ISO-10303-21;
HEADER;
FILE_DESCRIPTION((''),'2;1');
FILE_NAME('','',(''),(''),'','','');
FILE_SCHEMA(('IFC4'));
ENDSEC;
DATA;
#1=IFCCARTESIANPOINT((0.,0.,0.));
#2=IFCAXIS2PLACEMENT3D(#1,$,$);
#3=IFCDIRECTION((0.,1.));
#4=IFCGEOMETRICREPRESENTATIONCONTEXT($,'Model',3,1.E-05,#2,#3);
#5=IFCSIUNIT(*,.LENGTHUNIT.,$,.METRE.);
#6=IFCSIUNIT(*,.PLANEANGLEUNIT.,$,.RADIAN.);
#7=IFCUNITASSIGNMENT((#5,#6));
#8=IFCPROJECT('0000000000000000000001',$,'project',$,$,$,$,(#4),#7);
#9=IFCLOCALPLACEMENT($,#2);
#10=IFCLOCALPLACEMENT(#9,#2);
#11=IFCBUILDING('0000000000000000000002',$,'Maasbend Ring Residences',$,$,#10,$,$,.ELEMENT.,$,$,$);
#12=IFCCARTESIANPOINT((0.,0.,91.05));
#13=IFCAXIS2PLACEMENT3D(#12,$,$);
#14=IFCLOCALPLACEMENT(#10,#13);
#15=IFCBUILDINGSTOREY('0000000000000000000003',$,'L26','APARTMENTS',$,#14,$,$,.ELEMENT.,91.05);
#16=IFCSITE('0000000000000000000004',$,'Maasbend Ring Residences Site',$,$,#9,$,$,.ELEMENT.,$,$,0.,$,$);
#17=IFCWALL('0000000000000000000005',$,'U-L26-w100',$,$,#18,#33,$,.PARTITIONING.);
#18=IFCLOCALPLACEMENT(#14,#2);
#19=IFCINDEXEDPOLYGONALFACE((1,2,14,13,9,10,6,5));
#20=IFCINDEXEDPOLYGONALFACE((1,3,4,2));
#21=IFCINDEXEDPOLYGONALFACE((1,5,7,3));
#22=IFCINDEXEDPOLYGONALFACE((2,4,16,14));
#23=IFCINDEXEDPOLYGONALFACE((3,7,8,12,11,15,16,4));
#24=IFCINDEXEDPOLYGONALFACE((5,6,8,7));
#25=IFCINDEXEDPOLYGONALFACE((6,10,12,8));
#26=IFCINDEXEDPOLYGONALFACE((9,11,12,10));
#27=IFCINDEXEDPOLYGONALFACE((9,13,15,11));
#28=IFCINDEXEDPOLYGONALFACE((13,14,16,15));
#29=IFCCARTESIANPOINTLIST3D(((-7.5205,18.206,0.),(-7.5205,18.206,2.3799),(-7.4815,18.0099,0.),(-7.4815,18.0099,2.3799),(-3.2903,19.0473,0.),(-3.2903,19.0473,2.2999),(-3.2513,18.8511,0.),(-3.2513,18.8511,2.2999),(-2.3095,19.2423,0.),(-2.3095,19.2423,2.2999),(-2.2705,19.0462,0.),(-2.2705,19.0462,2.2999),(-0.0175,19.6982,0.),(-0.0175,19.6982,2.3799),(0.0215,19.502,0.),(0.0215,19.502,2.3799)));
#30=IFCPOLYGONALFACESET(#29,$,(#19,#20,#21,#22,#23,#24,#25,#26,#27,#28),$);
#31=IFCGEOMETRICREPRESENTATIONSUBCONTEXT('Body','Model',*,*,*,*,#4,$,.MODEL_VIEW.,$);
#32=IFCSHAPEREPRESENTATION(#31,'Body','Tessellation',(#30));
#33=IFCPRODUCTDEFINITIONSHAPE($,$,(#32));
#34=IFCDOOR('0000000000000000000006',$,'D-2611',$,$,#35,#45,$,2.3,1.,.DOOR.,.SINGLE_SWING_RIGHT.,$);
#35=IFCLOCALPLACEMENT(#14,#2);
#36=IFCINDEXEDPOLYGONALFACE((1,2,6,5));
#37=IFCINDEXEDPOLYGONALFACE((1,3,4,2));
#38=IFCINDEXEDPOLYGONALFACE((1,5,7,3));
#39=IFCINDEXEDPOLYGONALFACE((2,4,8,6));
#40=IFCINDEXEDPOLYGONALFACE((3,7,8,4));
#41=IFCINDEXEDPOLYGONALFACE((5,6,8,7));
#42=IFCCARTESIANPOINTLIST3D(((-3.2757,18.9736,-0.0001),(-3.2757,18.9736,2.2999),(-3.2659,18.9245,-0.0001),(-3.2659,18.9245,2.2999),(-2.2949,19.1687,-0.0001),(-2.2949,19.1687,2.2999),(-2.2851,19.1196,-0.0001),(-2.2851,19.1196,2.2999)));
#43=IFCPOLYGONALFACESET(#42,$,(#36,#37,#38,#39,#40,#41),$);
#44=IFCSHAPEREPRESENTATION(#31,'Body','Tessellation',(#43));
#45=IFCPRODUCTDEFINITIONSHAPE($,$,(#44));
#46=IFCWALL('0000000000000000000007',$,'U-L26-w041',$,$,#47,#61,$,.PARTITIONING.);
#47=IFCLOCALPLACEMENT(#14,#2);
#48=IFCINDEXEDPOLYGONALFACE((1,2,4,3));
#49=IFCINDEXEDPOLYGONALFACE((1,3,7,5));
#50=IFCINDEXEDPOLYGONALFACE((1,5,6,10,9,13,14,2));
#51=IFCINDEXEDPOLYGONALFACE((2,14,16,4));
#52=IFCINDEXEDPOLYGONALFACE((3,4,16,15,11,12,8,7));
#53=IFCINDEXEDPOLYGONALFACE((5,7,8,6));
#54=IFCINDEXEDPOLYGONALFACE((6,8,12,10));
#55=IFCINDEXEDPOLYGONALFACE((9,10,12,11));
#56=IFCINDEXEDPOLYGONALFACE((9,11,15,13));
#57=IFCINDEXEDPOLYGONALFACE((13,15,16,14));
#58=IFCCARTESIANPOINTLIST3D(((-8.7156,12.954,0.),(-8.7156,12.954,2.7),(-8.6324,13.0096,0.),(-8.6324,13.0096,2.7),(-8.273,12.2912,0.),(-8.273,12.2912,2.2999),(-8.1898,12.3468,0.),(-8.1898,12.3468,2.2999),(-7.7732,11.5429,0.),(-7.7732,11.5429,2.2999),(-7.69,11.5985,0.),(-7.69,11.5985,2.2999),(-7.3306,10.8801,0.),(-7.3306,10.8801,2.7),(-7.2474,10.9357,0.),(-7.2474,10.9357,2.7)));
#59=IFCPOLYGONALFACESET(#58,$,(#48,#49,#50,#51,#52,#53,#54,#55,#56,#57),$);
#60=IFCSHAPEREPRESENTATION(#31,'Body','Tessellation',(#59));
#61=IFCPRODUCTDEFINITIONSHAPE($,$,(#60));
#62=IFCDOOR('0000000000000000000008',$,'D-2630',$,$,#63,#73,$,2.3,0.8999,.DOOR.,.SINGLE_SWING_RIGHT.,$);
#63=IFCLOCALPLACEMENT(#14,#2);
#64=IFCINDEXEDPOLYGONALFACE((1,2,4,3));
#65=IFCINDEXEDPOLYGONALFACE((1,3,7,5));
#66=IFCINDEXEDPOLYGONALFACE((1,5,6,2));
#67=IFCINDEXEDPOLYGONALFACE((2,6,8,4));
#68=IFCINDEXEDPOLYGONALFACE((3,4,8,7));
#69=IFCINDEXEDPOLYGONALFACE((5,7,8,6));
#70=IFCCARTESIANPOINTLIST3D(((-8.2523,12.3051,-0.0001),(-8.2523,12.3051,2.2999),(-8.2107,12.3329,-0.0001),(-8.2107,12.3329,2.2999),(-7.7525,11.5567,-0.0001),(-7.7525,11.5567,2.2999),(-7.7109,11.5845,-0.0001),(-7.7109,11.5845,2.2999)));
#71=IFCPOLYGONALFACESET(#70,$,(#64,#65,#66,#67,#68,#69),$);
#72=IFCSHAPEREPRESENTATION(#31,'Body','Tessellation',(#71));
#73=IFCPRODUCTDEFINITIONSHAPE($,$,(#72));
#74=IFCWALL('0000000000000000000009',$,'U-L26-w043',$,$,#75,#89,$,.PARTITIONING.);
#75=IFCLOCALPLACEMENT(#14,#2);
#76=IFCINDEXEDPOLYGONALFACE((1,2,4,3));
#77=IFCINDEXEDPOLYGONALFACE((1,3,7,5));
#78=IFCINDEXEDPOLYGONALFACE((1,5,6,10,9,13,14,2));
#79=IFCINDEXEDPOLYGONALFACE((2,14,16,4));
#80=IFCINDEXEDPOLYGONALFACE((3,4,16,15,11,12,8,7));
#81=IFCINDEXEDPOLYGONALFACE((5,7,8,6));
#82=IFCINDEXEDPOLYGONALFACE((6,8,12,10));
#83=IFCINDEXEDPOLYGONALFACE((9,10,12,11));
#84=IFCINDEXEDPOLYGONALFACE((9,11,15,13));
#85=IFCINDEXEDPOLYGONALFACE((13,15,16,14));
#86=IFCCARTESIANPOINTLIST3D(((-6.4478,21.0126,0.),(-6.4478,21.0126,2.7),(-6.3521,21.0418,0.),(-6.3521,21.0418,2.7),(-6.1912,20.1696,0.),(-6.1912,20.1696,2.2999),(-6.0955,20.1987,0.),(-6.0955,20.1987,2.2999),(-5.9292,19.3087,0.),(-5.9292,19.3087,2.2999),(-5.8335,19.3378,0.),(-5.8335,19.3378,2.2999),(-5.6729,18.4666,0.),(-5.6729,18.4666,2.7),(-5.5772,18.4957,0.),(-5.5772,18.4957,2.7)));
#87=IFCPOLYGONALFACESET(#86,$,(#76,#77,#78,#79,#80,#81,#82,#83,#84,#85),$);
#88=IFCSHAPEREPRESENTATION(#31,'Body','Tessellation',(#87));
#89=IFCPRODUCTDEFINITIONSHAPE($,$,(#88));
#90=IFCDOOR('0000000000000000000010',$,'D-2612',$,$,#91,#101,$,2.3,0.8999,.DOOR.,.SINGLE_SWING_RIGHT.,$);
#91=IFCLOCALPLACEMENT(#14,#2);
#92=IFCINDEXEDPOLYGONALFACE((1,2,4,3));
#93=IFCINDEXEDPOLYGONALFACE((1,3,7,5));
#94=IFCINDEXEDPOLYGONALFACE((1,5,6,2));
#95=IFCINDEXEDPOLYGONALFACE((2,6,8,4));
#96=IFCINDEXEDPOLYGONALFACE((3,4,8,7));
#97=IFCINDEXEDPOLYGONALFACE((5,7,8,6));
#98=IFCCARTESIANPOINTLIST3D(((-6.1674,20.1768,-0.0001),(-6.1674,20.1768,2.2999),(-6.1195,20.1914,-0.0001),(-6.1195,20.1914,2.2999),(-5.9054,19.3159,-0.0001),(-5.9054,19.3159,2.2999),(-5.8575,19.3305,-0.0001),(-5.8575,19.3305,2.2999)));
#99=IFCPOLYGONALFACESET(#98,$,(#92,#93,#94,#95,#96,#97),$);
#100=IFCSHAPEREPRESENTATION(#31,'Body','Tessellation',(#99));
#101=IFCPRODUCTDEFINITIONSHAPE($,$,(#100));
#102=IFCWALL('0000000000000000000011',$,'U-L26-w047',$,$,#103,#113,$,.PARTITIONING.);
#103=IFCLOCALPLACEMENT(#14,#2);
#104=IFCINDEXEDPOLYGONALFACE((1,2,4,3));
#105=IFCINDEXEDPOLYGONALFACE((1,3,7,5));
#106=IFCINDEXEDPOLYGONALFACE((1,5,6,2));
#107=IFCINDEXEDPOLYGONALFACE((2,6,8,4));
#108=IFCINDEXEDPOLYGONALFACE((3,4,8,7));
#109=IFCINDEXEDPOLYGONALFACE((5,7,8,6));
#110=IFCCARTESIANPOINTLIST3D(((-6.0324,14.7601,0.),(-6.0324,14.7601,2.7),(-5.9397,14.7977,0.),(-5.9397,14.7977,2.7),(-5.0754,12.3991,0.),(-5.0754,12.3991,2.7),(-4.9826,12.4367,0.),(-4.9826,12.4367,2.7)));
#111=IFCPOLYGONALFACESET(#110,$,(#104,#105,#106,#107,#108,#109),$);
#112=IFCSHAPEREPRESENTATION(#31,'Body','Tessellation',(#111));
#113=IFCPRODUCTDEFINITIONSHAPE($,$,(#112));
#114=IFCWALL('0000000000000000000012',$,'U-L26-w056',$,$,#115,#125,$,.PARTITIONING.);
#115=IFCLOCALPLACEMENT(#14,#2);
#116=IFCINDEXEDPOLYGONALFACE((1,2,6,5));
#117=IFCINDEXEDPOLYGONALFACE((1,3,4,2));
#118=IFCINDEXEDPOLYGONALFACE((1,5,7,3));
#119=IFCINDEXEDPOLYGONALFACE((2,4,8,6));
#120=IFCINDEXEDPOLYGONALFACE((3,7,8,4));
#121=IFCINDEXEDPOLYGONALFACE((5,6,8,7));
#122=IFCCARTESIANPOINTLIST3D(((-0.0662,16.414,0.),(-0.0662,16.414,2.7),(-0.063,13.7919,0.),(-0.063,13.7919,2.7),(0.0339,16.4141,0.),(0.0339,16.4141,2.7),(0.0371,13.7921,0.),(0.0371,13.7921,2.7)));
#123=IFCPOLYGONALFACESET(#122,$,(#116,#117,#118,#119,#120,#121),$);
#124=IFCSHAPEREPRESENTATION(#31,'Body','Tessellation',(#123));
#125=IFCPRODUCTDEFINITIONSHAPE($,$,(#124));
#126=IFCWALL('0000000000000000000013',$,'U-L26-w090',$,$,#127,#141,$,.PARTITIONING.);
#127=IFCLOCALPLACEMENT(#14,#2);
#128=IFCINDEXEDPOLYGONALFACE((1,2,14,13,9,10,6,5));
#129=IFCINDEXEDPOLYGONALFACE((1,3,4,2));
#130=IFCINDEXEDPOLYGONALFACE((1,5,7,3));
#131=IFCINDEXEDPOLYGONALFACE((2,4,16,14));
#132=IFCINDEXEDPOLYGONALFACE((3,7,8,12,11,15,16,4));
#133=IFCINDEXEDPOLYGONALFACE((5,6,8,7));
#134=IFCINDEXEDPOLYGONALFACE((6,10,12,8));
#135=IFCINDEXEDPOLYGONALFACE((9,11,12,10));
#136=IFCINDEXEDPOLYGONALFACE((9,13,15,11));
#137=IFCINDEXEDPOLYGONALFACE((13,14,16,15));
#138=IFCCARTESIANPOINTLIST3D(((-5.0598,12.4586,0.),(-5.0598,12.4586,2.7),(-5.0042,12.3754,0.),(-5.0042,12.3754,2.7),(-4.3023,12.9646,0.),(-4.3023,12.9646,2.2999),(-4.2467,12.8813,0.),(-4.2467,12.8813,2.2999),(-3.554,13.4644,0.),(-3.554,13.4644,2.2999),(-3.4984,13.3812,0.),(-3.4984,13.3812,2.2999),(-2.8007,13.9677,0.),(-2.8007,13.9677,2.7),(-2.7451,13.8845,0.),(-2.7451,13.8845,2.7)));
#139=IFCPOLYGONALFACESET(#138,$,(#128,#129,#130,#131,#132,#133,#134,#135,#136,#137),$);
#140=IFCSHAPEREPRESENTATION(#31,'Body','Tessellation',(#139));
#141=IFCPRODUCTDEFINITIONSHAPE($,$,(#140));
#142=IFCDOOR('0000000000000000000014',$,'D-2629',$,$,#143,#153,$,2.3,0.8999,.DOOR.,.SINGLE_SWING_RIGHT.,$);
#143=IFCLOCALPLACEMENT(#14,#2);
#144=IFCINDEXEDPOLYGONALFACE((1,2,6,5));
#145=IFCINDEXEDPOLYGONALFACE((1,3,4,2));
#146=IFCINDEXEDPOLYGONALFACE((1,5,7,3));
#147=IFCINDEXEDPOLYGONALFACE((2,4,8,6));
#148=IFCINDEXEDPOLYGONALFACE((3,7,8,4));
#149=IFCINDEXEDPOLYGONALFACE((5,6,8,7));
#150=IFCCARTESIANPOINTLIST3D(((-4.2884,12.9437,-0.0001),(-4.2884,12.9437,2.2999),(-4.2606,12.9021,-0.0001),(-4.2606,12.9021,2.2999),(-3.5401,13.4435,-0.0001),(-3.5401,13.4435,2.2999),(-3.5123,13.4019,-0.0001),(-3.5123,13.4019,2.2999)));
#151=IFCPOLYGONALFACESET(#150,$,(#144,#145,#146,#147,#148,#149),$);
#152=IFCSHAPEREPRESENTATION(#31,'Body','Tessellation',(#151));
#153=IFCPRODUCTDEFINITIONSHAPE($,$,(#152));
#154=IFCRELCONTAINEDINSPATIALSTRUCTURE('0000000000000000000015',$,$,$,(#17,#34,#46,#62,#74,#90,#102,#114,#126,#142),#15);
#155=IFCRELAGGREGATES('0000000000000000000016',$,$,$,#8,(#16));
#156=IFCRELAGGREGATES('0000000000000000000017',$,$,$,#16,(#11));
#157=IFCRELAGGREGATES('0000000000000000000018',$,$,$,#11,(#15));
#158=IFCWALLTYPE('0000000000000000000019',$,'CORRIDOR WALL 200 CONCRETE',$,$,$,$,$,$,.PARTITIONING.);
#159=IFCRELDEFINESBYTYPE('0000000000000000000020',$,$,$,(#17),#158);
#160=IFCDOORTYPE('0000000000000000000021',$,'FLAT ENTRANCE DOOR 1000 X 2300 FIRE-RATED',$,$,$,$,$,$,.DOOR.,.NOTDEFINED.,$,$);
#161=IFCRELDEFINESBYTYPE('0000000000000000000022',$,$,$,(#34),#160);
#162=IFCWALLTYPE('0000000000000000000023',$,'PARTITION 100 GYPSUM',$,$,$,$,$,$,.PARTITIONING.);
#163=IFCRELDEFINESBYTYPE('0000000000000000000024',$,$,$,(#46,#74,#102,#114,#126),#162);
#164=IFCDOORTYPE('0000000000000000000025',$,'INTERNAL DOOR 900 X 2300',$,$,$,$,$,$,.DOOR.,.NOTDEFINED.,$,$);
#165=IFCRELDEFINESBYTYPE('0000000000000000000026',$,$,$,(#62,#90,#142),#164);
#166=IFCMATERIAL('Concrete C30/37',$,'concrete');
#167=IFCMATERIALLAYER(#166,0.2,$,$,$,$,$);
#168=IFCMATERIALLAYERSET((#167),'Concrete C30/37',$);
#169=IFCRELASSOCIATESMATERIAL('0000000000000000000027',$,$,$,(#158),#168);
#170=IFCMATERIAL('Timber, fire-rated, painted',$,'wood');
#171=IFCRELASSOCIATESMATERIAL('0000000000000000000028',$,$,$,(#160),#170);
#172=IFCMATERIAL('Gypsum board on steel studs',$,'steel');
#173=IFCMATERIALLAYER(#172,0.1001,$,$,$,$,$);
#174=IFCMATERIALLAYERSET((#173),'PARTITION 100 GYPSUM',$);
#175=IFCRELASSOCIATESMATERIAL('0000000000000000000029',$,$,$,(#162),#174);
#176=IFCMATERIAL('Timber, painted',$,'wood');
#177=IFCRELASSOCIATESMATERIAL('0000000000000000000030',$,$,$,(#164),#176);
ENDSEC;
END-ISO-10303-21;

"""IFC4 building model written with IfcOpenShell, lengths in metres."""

from ifc_helpers import new_model, si_unit, direction, frame, frame_2d, origin, place, context, subcontext, project, spatial, rectangle, extrude, material, layer, layer_set, type_object, element, fill, save


model = new_model("IFC4")

# Units and contexts
model_context = context("Model", 3, precision=1e-05, world=origin(), true_north=direction((0.0, 1.0)))
body_context = subcontext(model_context, "Body", "Model", "MODEL_VIEW")
ifc_project = project(units=[si_unit("LENGTHUNIT", "METRE"), si_unit("PLANEANGLEUNIT", "RADIAN")], contexts=[model_context])

# Site, building, storey
site_placement = place(None, origin())
site = spatial("IfcSite", under=ifc_project, at=site_placement, Name="Maasbend Ring Residences Site", CompositionType="ELEMENT", RefElevation=0.0)
building_placement = place(site_placement, origin())
building = spatial("IfcBuilding", under=site, at=building_placement, Name="Maasbend Ring Residences", CompositionType="ELEMENT")
storey_placement = place(building_placement, frame((0.0, 0.0, 91.05)))
storey = spatial("IfcBuildingStorey", under=building, at=storey_placement, Name="L26", Description="APARTMENTS", CompositionType="ELEMENT", Elevation=91.05)

# Walls, openings, doors
ifc_material_1 = material(Name="Concrete C30/37", Category="concrete")
ifc_layer_1 = layer(ifc_material_1, 0.2)
ifc_layer_set_1 = layer_set([ifc_layer_1], Name="Concrete C30/37")
wall_type_1 = type_object("IfcWallType", Name="CORRIDOR WALL 200 CONCRETE", PredefinedType="PARTITIONING", material=ifc_layer_set_1)
ifc_material_2 = material(Name="Timber, fire-rated, painted", Category="wood")
door_type_1 = type_object("IfcDoorType", Name="FLAT ENTRANCE DOOR 1000 X 2300 FIRE-RATED", OperationType="NOTDEFINED", PredefinedType="DOOR", material=ifc_material_2)
wall_1_placement = place(storey_placement, frame((-7.501, 18.1079, 0.0), z_axis=(0.0, 0.0, 1.0), x_axis=(0.980791, 0.19506, 0.0)))
wall_1 = element("IfcWall", 1, at=wall_1_placement, inside=storey, type_object=wall_type_1, Name="U-L26-w100", PredefinedType="PARTITIONING", context=body_context, shape_type="SweptSolid", body=[
    extrude(rectangle(XDim=7.6499, YDim=0.2, at=frame_2d((3.825, 0.0))), origin(), (0.0, 0.0, 1.0), 2.3799),
])
opening_1_placement = place(wall_1_placement, frame((4.313, 0.0, 0.0)))
opening_1 = element("IfcOpeningElement", 2, at=opening_1_placement, cuts=wall_1, PredefinedType="OPENING", context=body_context, shape_type="SweptSolid", body=[
    extrude(rectangle(XDim=1.0, YDim=2.3, at=frame_2d((0.5, 1.1499))), frame((0.0, 0.1099, 0.0), z_axis=(0.0, -1.0, 0.0), x_axis=(1.0, 0.0, 0.0)), (0.0, 0.0, 1.0), 0.22),
])
door_1_placement = place(opening_1_placement, origin())
door_1 = element("IfcDoor", 3, at=door_1_placement, inside=storey, type_object=door_type_1, Name="D-2611", OperationType="SINGLE_SWING_RIGHT", OverallHeight=2.3, OverallWidth=1.0, PredefinedType="DOOR", context=body_context, shape_type="SweptSolid", body=[
    extrude(rectangle(XDim=1.0, YDim=2.3, at=frame_2d((0.5, 1.1499))), frame((0.0, 0.0249, 0.0), z_axis=(0.0, -1.0, 0.0), x_axis=(1.0, 0.0, 0.0)), (0.0, 0.0, 1.0), 0.05),
])
fill(opening_1, door_1)
ifc_material_3 = material(Name="Gypsum board on steel studs", Category="steel")
ifc_layer_2 = layer(ifc_material_3, 0.1001)
ifc_layer_set_2 = layer_set([ifc_layer_2], Name="PARTITION 100 GYPSUM")
wall_type_2 = type_object("IfcWallType", Name="PARTITION 100 GYPSUM", PredefinedType="PARTITIONING", material=ifc_layer_set_2)
wall_2_placement = place(storey_placement, frame((-8.6741, 12.9819, 0.0), z_axis=(0.0, 0.0, 1.0), x_axis=(0.555355, -0.831613, 0.0)))
wall_2 = element("IfcWall", 4, at=wall_2_placement, inside=storey, type_object=wall_type_2, Name="U-L26-w041", PredefinedType="PARTITIONING", context=body_context, shape_type="SweptSolid", body=[
    extrude(rectangle(XDim=2.4939, YDim=0.1001, at=frame_2d((1.2471, 0.0))), origin(), (0.0, 0.0, 1.0), 2.7),
])
opening_2_placement = place(wall_2_placement, frame((0.7971, 0.0, 0.0)))
opening_2 = element("IfcOpeningElement", 5, at=opening_2_placement, cuts=wall_2, PredefinedType="OPENING", context=body_context, shape_type="SweptSolid", body=[
    extrude(rectangle(XDim=0.8999, YDim=2.3, at=frame_2d((0.45, 1.1499))), frame((0.0, 0.0601, 0.0), z_axis=(0.0, -1.0, 0.0), x_axis=(1.0, 0.0, 0.0)), (0.0, 0.0, 1.0), 0.1201),
])
ifc_material_4 = material(Name="Timber, painted", Category="wood")
door_type_2 = type_object("IfcDoorType", Name="INTERNAL DOOR 900 X 2300", OperationType="NOTDEFINED", PredefinedType="DOOR", material=ifc_material_4)
door_2_placement = place(opening_2_placement, origin())
door_2 = element("IfcDoor", 6, at=door_2_placement, inside=storey, type_object=door_type_2, Name="D-2630", OperationType="SINGLE_SWING_RIGHT", OverallHeight=2.3, OverallWidth=0.8999, PredefinedType="DOOR", context=body_context, shape_type="SweptSolid", body=[
    extrude(rectangle(XDim=0.8999, YDim=2.3, at=frame_2d((0.45, 1.1499))), frame((0.0, 0.0249, 0.0), z_axis=(0.0, -1.0, 0.0), x_axis=(1.0, 0.0, 0.0)), (0.0, 0.0, 1.0), 0.05),
])
fill(opening_2, door_2)
wall_3_placement = place(storey_placement, frame((-6.3999, 21.0271, 0.0), z_axis=(0.0, 0.0, 1.0), x_axis=(0.291158, -0.956675, 0.0)))
wall_3 = element("IfcWall", 7, at=wall_3_placement, inside=storey, type_object=wall_type_2, Name="U-L26-w043", PredefinedType="PARTITIONING", context=body_context, shape_type="SweptSolid", body=[
    extrude(rectangle(XDim=2.6614, YDim=0.1001, at=frame_2d((1.3306, 0.0))), origin(), (0.0, 0.0, 1.0), 2.7),
])
opening_3_placement = place(wall_3_placement, frame((0.8811, 0.0, 0.0)))
opening_3 = element("IfcOpeningElement", 8, at=opening_3_placement, cuts=wall_3, PredefinedType="OPENING", context=body_context, shape_type="SweptSolid", body=[
    extrude(rectangle(XDim=0.8999, YDim=2.3, at=frame_2d((0.45, 1.1499))), frame((0.0, 0.0601, 0.0), z_axis=(0.0, -1.0, 0.0), x_axis=(1.0, 0.0, 0.0)), (0.0, 0.0, 1.0), 0.1201),
])
door_3_placement = place(opening_3_placement, origin())
door_3 = element("IfcDoor", 9, at=door_3_placement, inside=storey, type_object=door_type_2, Name="D-2612", OperationType="SINGLE_SWING_RIGHT", OverallHeight=2.3, OverallWidth=0.8999, PredefinedType="DOOR", context=body_context, shape_type="SweptSolid", body=[
    extrude(rectangle(XDim=0.8999, YDim=2.3, at=frame_2d((0.45, 1.1499))), frame((0.0, 0.0249, 0.0), z_axis=(0.0, -1.0, 0.0), x_axis=(1.0, 0.0, 0.0)), (0.0, 0.0, 1.0), 0.05),
])
fill(opening_3, door_3)

# Walls
wall_4_placement = place(storey_placement, frame((-5.9861, 14.7791, 0.0), z_axis=(0.0, 0.0, 1.0), x_axis=(0.375649, -0.926762, 0.0)))
element("IfcWall", 10, at=wall_4_placement, inside=storey, type_object=wall_type_2, Name="U-L26-w047", PredefinedType="PARTITIONING", context=body_context, shape_type="SweptSolid", body=[
    extrude(rectangle(XDim=2.5476, YDim=0.1001, at=frame_2d((1.2739, 0.0))), origin(), (0.0, 0.0, 1.0), 2.7),
])
wall_5_placement = place(storey_placement, frame((-0.0129, 13.792, 0.0), z_axis=(0.0, 0.0, 1.0), x_axis=(-0.00121, 0.999999, 0.0)))
element("IfcWall", 11, at=wall_5_placement, inside=storey, type_object=wall_type_2, Name="U-L26-w056", PredefinedType="PARTITIONING", context=body_context, shape_type="SweptSolid", body=[
    extrude(rectangle(XDim=2.6221, YDim=0.1001, at=frame_2d((1.311, 0.0))), origin(), (0.0, 0.0, 1.0), 2.7),
])

# Wall, opening, door
wall_6_placement = place(storey_placement, frame((-5.032, 12.417, 0.0), z_axis=(0.0, 0.0, 1.0), x_axis=(0.831538, 0.555467, 0.0)))
wall_6 = element("IfcWall", 12, at=wall_6_placement, inside=storey, type_object=wall_type_2, Name="U-L26-w090", PredefinedType="PARTITIONING", context=body_context, shape_type="SweptSolid", body=[
    extrude(rectangle(XDim=2.7168, YDim=0.1001, at=frame_2d((1.3584, 0.0))), origin(), (0.0, 0.0, 1.0), 2.7),
])
opening_4_placement = place(wall_6_placement, frame((0.9109, 0.0, 0.0)))
opening_4 = element("IfcOpeningElement", 13, at=opening_4_placement, cuts=wall_6, PredefinedType="OPENING", context=body_context, shape_type="SweptSolid", body=[
    extrude(rectangle(XDim=0.8999, YDim=2.3, at=frame_2d((0.45, 1.1499))), frame((0.0, 0.0601, 0.0), z_axis=(0.0, -1.0, 0.0), x_axis=(1.0, 0.0, 0.0)), (0.0, 0.0, 1.0), 0.1201),
])
door_4_placement = place(opening_4_placement, origin())
door_4 = element("IfcDoor", 14, at=door_4_placement, inside=storey, type_object=door_type_2, Name="D-2629", OperationType="SINGLE_SWING_RIGHT", OverallHeight=2.3, OverallWidth=0.8999, PredefinedType="DOOR", context=body_context, shape_type="SweptSolid", body=[
    extrude(rectangle(XDim=0.8999, YDim=2.3, at=frame_2d((0.45, 1.1499))), frame((0.0, 0.0249, 0.0), z_axis=(0.0, -1.0, 0.0), x_axis=(1.0, 0.0, 0.0)), (0.0, 0.0, 1.0), 0.05),
])
fill(opening_4, door_4)

save(model, "model.ifc")
